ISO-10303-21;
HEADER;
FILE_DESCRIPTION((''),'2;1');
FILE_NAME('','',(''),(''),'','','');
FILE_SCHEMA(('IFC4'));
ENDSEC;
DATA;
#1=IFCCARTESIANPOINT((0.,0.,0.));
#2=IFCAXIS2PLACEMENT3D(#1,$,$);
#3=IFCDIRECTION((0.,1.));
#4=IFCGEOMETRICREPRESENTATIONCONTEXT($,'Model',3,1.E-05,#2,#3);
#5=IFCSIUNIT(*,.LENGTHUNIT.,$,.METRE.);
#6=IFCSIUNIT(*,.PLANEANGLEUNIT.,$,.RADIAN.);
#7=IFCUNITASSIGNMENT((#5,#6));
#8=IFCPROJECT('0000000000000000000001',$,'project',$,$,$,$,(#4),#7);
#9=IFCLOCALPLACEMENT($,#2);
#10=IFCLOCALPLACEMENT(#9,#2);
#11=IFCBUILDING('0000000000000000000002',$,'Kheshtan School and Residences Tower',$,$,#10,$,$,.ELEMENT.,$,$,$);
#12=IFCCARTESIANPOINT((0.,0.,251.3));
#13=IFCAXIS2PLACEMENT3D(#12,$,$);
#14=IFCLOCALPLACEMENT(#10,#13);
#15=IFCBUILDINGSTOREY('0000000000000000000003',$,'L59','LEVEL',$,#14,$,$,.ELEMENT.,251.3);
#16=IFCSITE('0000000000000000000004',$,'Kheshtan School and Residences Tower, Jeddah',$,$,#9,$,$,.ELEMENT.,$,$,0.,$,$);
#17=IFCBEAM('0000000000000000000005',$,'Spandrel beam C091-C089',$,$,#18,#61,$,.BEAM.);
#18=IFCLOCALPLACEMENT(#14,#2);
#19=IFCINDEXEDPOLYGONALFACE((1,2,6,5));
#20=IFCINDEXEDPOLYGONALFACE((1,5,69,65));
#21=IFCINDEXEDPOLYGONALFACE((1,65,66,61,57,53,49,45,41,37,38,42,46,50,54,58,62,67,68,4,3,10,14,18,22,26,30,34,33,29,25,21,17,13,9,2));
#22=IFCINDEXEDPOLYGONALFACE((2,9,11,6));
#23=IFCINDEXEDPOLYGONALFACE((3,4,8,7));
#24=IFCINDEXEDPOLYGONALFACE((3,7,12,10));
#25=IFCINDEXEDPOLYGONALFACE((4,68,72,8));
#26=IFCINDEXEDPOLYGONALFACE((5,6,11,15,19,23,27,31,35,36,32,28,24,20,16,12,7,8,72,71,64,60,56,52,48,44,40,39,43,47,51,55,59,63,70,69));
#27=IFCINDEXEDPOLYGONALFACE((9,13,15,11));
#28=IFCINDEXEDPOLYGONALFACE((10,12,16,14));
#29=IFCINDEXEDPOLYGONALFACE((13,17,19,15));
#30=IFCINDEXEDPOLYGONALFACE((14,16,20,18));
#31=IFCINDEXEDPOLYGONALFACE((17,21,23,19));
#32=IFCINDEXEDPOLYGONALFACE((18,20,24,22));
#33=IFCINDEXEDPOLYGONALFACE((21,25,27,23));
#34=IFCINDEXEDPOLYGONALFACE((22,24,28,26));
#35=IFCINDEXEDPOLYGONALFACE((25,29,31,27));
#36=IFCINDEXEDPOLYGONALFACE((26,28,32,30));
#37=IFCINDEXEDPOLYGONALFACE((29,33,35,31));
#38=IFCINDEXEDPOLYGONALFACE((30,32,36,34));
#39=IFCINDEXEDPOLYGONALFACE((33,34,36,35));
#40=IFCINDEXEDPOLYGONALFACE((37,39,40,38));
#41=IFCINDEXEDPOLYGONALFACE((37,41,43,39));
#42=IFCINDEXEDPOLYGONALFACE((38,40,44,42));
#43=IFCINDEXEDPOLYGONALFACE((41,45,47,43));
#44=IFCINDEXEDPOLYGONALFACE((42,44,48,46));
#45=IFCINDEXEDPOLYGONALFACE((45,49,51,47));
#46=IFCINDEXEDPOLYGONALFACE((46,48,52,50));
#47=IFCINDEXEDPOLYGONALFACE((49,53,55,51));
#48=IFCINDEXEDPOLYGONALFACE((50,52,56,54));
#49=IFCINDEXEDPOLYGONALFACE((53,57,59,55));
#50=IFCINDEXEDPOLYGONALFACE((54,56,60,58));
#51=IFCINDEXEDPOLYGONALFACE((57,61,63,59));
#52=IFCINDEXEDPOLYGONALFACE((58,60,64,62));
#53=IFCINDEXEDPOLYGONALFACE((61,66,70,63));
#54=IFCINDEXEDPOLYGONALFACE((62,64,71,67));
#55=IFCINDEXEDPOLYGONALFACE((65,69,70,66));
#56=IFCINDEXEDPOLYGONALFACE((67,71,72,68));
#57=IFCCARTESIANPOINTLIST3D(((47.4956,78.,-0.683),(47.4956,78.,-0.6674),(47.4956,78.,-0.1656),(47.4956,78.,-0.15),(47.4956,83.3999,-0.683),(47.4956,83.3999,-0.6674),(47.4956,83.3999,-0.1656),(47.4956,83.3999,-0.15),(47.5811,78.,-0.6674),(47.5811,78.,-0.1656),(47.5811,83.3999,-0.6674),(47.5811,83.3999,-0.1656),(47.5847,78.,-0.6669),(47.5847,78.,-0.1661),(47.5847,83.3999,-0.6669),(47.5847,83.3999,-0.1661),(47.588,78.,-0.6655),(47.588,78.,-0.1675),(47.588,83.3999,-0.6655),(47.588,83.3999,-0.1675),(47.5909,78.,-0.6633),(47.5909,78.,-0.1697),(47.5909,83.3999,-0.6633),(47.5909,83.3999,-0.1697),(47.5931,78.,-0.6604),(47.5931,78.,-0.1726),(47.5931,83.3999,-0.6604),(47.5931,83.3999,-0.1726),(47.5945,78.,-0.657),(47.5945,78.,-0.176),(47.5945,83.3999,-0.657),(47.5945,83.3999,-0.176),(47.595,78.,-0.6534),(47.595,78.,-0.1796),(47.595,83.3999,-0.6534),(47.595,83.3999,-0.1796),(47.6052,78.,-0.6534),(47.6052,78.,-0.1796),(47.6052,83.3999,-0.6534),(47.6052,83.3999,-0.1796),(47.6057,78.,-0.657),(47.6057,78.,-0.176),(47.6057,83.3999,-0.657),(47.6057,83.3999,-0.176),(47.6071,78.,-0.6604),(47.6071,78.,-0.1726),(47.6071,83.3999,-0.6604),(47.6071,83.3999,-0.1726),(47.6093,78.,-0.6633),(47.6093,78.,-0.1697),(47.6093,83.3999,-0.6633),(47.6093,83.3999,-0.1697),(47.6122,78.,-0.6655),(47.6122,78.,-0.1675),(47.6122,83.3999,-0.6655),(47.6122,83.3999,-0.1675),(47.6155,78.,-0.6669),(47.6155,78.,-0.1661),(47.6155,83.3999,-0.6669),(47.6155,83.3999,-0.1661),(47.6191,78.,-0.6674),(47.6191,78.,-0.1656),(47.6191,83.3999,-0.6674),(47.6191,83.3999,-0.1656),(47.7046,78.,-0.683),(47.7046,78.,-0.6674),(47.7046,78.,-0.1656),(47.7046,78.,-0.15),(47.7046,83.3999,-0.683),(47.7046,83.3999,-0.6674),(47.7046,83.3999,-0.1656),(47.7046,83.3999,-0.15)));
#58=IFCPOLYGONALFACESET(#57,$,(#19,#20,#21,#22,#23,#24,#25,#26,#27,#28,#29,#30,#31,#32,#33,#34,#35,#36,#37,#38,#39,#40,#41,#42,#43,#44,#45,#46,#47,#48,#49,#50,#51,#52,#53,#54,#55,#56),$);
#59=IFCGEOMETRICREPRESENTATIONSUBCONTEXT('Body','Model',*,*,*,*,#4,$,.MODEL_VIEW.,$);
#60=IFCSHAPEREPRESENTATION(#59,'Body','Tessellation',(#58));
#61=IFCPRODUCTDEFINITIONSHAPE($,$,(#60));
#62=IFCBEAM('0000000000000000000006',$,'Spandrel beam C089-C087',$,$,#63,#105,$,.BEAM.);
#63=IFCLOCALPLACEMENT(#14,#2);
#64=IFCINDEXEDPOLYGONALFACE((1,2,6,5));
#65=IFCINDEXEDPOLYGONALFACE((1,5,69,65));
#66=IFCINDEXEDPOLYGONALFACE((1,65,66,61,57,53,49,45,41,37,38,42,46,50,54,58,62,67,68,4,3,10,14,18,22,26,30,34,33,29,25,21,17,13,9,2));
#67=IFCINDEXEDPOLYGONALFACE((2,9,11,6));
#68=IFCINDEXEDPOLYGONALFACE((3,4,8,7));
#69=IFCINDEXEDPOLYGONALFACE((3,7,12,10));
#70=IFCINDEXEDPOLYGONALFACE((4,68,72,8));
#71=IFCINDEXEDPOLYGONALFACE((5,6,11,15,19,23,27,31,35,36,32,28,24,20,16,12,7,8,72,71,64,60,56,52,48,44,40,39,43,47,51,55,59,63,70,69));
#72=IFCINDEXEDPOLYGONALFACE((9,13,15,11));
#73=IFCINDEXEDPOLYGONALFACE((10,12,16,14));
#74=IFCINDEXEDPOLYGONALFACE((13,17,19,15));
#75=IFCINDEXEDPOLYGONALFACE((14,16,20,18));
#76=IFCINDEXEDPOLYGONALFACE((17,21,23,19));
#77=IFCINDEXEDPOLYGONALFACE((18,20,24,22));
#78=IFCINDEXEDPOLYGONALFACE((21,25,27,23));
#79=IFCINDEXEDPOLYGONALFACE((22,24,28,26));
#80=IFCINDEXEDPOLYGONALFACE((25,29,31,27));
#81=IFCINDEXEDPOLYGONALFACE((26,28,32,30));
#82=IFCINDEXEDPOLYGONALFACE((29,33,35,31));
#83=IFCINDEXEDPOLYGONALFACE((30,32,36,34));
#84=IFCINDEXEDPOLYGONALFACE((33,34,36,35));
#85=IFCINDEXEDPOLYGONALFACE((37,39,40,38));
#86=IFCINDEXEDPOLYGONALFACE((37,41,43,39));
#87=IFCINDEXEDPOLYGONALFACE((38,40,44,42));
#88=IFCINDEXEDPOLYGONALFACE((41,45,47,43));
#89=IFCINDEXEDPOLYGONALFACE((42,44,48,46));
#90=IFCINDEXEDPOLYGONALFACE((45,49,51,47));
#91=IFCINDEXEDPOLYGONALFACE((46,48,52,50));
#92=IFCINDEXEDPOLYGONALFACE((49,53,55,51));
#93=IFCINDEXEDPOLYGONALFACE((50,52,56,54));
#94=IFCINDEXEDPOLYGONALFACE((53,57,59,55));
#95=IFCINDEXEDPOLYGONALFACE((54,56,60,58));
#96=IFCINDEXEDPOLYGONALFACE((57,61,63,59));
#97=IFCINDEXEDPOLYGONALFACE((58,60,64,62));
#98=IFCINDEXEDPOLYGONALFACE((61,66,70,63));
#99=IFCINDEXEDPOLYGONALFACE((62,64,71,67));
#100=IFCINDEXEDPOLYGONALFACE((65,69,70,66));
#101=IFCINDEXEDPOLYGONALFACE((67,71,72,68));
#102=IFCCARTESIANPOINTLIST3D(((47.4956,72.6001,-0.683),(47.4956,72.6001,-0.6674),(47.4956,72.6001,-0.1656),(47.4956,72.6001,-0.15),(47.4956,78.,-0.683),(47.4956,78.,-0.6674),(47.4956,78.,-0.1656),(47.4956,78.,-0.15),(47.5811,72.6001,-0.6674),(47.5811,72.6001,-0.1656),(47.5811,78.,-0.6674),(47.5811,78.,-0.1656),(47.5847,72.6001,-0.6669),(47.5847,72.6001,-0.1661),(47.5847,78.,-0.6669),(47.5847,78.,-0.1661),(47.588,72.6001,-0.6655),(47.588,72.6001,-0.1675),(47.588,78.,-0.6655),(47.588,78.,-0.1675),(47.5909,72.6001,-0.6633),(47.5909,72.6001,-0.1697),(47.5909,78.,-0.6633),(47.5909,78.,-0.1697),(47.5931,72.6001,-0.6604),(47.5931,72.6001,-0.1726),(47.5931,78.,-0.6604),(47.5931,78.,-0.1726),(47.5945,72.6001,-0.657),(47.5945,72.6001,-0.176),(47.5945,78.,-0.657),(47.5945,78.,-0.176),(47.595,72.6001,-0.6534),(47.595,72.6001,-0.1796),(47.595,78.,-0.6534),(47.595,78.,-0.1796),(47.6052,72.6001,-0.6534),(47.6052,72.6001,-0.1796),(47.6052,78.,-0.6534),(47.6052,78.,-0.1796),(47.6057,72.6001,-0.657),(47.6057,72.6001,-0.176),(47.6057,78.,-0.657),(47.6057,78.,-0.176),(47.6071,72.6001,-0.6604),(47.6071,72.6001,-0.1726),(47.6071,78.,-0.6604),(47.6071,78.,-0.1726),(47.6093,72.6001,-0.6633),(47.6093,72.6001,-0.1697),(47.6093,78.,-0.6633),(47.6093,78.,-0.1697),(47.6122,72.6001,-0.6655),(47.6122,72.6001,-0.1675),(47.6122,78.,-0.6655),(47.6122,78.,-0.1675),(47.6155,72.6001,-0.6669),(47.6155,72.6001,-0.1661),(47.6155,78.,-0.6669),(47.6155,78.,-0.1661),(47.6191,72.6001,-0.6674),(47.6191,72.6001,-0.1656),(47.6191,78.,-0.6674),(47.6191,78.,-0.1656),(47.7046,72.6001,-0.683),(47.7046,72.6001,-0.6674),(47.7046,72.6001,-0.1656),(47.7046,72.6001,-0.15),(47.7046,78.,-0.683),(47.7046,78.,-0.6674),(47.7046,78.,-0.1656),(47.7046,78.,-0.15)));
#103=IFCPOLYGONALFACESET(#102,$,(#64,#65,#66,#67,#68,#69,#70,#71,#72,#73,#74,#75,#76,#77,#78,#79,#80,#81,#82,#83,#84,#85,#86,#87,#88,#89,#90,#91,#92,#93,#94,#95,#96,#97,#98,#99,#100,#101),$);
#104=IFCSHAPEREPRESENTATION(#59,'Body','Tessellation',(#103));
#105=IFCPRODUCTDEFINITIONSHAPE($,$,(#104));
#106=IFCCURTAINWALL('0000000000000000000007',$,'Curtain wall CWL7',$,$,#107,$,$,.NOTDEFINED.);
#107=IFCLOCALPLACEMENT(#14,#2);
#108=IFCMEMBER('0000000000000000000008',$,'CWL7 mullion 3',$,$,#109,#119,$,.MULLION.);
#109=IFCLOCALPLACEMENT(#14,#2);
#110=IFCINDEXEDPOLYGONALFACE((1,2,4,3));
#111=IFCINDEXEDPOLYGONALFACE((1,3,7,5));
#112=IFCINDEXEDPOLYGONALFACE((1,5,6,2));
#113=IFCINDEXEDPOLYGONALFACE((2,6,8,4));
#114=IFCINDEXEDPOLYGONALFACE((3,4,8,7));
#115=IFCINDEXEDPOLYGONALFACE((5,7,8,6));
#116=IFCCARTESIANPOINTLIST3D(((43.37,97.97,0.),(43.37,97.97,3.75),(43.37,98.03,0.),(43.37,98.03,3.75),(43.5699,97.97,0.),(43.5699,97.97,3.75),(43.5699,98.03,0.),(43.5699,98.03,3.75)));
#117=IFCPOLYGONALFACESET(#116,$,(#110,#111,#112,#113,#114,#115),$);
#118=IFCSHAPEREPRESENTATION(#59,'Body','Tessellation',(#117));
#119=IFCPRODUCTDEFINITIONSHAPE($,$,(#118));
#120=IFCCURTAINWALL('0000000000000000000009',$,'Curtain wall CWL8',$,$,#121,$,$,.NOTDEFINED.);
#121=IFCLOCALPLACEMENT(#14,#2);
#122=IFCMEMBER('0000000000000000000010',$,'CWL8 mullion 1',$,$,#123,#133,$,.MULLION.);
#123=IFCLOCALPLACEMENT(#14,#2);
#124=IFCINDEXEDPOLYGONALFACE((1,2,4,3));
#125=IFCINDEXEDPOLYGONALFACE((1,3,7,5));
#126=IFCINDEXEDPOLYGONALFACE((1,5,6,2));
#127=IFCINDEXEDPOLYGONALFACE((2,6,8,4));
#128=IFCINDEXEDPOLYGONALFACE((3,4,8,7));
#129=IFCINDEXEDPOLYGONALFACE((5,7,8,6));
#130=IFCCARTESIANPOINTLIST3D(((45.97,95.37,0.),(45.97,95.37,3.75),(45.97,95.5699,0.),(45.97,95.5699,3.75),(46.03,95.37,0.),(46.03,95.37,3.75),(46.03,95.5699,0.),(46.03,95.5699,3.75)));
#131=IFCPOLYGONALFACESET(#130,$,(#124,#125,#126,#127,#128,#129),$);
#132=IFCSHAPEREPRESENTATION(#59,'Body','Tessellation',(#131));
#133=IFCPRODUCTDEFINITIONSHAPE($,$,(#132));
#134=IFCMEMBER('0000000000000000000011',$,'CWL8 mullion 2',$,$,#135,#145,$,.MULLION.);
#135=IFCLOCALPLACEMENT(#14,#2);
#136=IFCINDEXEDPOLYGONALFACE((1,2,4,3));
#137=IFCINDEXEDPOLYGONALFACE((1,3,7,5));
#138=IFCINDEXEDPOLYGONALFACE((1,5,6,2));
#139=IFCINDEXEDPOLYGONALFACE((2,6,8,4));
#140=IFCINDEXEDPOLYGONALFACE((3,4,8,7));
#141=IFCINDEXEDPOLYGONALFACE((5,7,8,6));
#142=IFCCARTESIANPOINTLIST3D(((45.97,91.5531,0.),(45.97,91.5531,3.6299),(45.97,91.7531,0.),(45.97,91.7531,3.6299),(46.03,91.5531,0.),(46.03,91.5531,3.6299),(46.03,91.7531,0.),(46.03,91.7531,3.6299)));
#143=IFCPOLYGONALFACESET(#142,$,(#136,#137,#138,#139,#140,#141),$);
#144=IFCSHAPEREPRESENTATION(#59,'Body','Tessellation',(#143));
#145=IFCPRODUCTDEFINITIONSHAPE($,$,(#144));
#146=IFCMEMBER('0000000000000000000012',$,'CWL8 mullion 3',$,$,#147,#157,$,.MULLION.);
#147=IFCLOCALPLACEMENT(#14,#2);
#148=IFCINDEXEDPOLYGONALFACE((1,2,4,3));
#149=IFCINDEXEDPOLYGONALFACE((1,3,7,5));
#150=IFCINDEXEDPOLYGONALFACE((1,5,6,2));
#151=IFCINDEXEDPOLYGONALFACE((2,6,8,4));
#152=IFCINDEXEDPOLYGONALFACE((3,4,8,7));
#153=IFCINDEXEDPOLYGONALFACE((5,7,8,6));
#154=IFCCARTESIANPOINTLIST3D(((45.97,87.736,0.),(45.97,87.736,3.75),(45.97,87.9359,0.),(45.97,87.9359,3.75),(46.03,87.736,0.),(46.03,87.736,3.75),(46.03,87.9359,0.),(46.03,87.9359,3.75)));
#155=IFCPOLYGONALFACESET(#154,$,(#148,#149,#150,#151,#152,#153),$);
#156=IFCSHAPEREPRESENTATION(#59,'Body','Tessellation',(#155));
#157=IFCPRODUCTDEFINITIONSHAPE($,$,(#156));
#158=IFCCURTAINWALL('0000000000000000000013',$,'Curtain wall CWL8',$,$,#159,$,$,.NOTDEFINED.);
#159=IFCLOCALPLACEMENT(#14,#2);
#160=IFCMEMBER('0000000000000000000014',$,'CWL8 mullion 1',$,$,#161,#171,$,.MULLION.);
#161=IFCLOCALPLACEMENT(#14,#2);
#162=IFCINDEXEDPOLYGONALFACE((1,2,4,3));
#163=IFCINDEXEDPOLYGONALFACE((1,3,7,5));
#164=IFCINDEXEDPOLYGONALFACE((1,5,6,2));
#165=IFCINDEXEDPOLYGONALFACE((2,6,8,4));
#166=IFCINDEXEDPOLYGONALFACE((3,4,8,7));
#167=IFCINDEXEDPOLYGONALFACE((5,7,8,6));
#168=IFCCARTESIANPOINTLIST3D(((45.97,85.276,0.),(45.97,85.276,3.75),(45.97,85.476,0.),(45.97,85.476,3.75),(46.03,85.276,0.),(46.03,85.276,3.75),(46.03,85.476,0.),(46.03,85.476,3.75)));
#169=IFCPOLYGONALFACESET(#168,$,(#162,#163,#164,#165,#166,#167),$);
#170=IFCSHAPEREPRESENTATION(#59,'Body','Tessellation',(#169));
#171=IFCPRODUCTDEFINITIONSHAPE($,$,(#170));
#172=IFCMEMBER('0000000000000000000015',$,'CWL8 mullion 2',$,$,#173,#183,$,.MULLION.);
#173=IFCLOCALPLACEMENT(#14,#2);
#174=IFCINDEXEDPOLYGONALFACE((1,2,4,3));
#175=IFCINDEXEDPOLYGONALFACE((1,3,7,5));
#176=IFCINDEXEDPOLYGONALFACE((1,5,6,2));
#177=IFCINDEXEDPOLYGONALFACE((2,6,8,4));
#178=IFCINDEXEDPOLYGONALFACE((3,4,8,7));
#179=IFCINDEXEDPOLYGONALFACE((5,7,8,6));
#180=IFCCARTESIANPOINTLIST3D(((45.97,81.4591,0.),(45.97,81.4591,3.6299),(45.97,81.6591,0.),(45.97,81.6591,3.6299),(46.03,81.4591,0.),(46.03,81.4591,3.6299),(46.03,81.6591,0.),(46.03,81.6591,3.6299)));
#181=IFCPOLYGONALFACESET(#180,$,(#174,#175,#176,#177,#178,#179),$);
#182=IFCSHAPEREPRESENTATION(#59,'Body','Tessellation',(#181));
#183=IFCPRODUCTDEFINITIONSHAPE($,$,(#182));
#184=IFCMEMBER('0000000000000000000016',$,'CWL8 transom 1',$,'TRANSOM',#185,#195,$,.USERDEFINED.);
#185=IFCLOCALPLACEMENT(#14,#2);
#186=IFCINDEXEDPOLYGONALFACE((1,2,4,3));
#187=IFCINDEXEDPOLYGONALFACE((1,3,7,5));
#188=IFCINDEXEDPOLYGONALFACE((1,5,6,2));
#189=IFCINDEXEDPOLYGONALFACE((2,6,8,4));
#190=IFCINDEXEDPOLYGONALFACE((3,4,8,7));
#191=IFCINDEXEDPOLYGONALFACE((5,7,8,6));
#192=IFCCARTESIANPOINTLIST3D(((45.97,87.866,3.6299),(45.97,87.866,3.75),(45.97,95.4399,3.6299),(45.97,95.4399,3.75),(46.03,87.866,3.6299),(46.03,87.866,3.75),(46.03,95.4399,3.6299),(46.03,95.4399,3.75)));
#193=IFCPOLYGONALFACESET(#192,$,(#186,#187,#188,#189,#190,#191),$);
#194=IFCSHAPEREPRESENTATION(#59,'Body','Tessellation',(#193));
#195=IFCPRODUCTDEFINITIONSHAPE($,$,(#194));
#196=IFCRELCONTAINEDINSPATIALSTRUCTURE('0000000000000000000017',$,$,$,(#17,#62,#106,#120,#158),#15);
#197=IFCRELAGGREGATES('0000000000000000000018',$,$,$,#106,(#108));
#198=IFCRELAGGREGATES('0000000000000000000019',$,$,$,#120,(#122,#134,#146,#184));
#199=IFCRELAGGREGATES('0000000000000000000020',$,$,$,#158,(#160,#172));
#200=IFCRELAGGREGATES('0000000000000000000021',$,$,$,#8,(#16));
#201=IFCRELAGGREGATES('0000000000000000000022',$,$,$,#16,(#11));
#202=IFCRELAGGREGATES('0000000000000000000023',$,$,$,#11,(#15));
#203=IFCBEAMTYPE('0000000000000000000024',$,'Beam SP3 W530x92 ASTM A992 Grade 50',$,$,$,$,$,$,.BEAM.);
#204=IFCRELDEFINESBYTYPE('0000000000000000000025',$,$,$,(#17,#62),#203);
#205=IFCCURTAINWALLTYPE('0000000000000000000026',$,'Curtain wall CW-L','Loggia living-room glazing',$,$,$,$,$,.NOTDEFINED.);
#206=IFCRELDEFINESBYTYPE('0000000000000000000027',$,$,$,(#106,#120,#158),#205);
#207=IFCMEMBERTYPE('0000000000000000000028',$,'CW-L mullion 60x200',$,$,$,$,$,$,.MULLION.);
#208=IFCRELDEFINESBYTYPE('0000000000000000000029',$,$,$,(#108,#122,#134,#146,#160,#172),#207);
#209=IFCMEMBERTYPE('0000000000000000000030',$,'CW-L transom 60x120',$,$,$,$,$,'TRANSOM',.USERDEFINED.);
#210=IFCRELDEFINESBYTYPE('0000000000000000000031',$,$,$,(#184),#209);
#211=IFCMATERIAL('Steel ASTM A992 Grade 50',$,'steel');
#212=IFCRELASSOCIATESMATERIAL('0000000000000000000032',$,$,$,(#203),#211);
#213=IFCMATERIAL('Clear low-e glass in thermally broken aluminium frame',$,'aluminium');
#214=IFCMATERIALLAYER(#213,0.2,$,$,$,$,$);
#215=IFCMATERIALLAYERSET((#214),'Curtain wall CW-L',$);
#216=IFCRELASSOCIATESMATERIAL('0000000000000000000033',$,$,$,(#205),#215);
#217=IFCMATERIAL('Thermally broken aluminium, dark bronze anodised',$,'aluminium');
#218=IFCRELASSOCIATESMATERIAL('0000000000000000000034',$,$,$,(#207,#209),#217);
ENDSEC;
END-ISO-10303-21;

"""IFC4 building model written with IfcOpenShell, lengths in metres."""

from ifc_helpers import new_model, si_unit, direction, frame, origin, origin_2d, place, context, subcontext, project, spatial, rectangle, i_section, extrude, material, layer, layer_set, material_profile, profile_set, type_object, element, aggregate, save


model = new_model("IFC4")

# Units and contexts
model_context = context("Model", 3, precision=1e-05, world=origin(), true_north=direction((0.0, 1.0)))
body_context = subcontext(model_context, "Body", "Model", "MODEL_VIEW")
ifc_project = project(units=[si_unit("LENGTHUNIT", "METRE"), si_unit("PLANEANGLEUNIT", "RADIAN")], contexts=[model_context])

# Site, building, storey
site_placement = place(None, origin())
site = spatial("IfcSite", under=ifc_project, at=site_placement, Name="Kheshtan School and Residences Tower, Jeddah", CompositionType="ELEMENT", RefElevation=0.0)
building_placement = place(site_placement, origin())
building = spatial("IfcBuilding", under=site, at=building_placement, Name="Kheshtan School and Residences Tower", CompositionType="ELEMENT")
storey_placement = place(building_placement, frame((0.0, 0.0, 251.3)))
storey = spatial("IfcBuildingStorey", under=building, at=storey_placement, Name="L59", Description="LEVEL", CompositionType="ELEMENT", Elevation=251.3)

# Shared definitions
ifc_material_1 = material(Name="Steel ASTM A992 Grade 50", Category="steel")

# Beams
ifc_material_profile_1 = material_profile(ifc_material_1, i_section(OverallWidth=0.209, OverallDepth=0.533, WebThickness=0.0103, FlangeThickness=0.0156, FilletRadius=0.0139, at=origin_2d()), Name="W530x92")
ifc_profile_set_1 = profile_set([ifc_material_profile_1], Name="Steel ASTM A992 Grade 50")
beam_type_1 = type_object("IfcBeamType", Name="Beam SP3 W530x92 ASTM A992 Grade 50", PredefinedType="BEAM", material=ifc_profile_set_1)
for number, where, z_axis, x_axis, name in (
    (1, (47.6001, 83.3999, -0.4165), (0.0, -1.0, 0.0), (1.0, 0.0, 0.0), "Spandrel beam C091-C089"),
    (2, (47.6001, 78.0, -0.4165), (0.0, -1.0, 0.0), (1.0, 0.0, 0.0), "Spandrel beam C089-C087"),
):
    element("IfcBeam", number, at=place(storey_placement, frame(where, z_axis=z_axis, x_axis=x_axis)), inside=storey, type_object=beam_type_1, Name=name, PredefinedType="BEAM", context=body_context, shape_type="SweptSolid", body=[
        extrude(i_section(OverallWidth=0.209, OverallDepth=0.533, WebThickness=0.0103, FlangeThickness=0.0156, FilletRadius=0.0139, at=origin_2d()), origin(), (0.0, 0.0, 1.0), 5.3999),
    ])

# Curtain wall, member
ifc_material_2 = material(Name="Clear low-e glass in thermally broken aluminium frame", Category="aluminium")
ifc_layer_1 = layer(ifc_material_2, 0.2)
ifc_layer_set_1 = layer_set([ifc_layer_1], Name="Curtain wall CW-L")
curtain_wall_type = type_object("IfcCurtainWallType", Name="Curtain wall CW-L", Description="Loggia living-room glazing", PredefinedType="NOTDEFINED", material=ifc_layer_set_1)
curtain_wall_1_placement = place(storey_placement, origin())
curtain_wall_1 = element("IfcCurtainWall", 3, at=curtain_wall_1_placement, inside=storey, type_object=curtain_wall_type, Name="Curtain wall CWL7", PredefinedType="NOTDEFINED")
ifc_material_3 = material(Name="Thermally broken aluminium, dark bronze anodised", Category="aluminium")
ifc_material_profile_2 = material_profile(ifc_material_3, rectangle(XDim=0.0601, YDim=0.2, at=origin_2d()), Name="CW-L mullion 60x200")
ifc_profile_set_2 = profile_set([ifc_material_profile_2], Name="Thermally broken aluminium, dark bronze anodised")
member_type_1 = type_object("IfcMemberType", Name="CW-L mullion 60x200", PredefinedType="MULLION", material=ifc_profile_set_2)
member_1_placement = place(storey_placement, frame((43.47, 98.0, 0.0), z_axis=(0.0, 0.0, 1.0), x_axis=(0.0, 1.0, 0.0)))
member_1 = element("IfcMember", 4, at=member_1_placement, type_object=member_type_1, Name="CWL7 mullion 3", PredefinedType="MULLION", context=body_context, shape_type="SweptSolid", body=[
    extrude(rectangle(XDim=0.0601, YDim=0.2, at=origin_2d()), origin(), (0.0, 0.0, 1.0), 3.75),
])
aggregate(curtain_wall_1, [member_1])

# Curtain walls, members
curtain_wall_2_placement = place(storey_placement, origin())
curtain_wall_2 = element("IfcCurtainWall", 5, at=curtain_wall_2_placement, inside=storey, type_object=curtain_wall_type, Name="Curtain wall CWL8", PredefinedType="NOTDEFINED")
member_2_placement = place(storey_placement, frame((46.0, 95.47, 0.0), z_axis=(0.0, 0.0, 1.0), x_axis=(1.0, 0.0, 0.0)))
member_2 = element("IfcMember", 6, at=member_2_placement, type_object=member_type_1, Name="CWL8 mullion 1", PredefinedType="MULLION", context=body_context, shape_type="SweptSolid", body=[
    extrude(rectangle(XDim=0.0601, YDim=0.2, at=origin_2d()), origin(), (0.0, 0.0, 1.0), 3.75),
])
member_3_placement = place(storey_placement, frame((46.0, 91.6531, 0.0), z_axis=(0.0, 0.0, 1.0), x_axis=(1.0, 0.0, 0.0)))
member_3 = element("IfcMember", 7, at=member_3_placement, type_object=member_type_1, Name="CWL8 mullion 2", PredefinedType="MULLION", context=body_context, shape_type="SweptSolid", body=[
    extrude(rectangle(XDim=0.0601, YDim=0.2, at=origin_2d()), origin(), (0.0, 0.0, 1.0), 3.6299),
])
member_4_placement = place(storey_placement, frame((46.0, 87.8359, 0.0), z_axis=(0.0, 0.0, 1.0), x_axis=(1.0, 0.0, 0.0)))
member_4 = element("IfcMember", 8, at=member_4_placement, type_object=member_type_1, Name="CWL8 mullion 3", PredefinedType="MULLION", context=body_context, shape_type="SweptSolid", body=[
    extrude(rectangle(XDim=0.0601, YDim=0.2, at=origin_2d()), origin(), (0.0, 0.0, 1.0), 3.75),
])
curtain_wall_3_placement = place(storey_placement, origin())
curtain_wall_3 = element("IfcCurtainWall", 9, at=curtain_wall_3_placement, inside=storey, type_object=curtain_wall_type, Name="Curtain wall CWL8", PredefinedType="NOTDEFINED")
member_5_placement = place(storey_placement, frame((46.0, 85.376, 0.0), z_axis=(0.0, 0.0, 1.0), x_axis=(1.0, 0.0, 0.0)))
member_5 = element("IfcMember", 10, at=member_5_placement, type_object=member_type_1, Name="CWL8 mullion 1", PredefinedType="MULLION", context=body_context, shape_type="SweptSolid", body=[
    extrude(rectangle(XDim=0.0601, YDim=0.2, at=origin_2d()), origin(), (0.0, 0.0, 1.0), 3.75),
])
member_6_placement = place(storey_placement, frame((46.0, 81.5591, 0.0), z_axis=(0.0, 0.0, 1.0), x_axis=(1.0, 0.0, 0.0)))
member_6 = element("IfcMember", 11, at=member_6_placement, type_object=member_type_1, Name="CWL8 mullion 2", PredefinedType="MULLION", context=body_context, shape_type="SweptSolid", body=[
    extrude(rectangle(XDim=0.0601, YDim=0.2, at=origin_2d()), origin(), (0.0, 0.0, 1.0), 3.6299),
])

# Member
ifc_material_profile_3 = material_profile(ifc_material_3, rectangle(XDim=0.0601, YDim=0.1201, at=origin_2d()), Name="CW-L transom 60x120")
ifc_profile_set_3 = profile_set([ifc_material_profile_3], Name="Thermally broken aluminium, dark bronze anodised")
member_type_2 = type_object("IfcMemberType", Name="CW-L transom 60x120", ElementType="TRANSOM", PredefinedType="USERDEFINED", material=ifc_profile_set_3)
member_7_placement = place(storey_placement, frame((46.0, 95.4399, 3.6899), z_axis=(0.0, -1.0, 0.0), x_axis=(1.0, 0.0, 0.0)))
member_7 = element("IfcMember", 12, at=member_7_placement, type_object=member_type_2, Name="CWL8 transom 1", ObjectType="TRANSOM", PredefinedType="USERDEFINED", context=body_context, shape_type="SweptSolid", body=[
    extrude(rectangle(XDim=0.0601, YDim=0.1201, at=origin_2d()), origin(), (0.0, 0.0, 1.0), 7.574),
])

aggregate(curtain_wall_2, [member_2, member_3, member_4, member_7])
aggregate(curtain_wall_3, [member_5, member_6])

save(model, "model.ifc")
